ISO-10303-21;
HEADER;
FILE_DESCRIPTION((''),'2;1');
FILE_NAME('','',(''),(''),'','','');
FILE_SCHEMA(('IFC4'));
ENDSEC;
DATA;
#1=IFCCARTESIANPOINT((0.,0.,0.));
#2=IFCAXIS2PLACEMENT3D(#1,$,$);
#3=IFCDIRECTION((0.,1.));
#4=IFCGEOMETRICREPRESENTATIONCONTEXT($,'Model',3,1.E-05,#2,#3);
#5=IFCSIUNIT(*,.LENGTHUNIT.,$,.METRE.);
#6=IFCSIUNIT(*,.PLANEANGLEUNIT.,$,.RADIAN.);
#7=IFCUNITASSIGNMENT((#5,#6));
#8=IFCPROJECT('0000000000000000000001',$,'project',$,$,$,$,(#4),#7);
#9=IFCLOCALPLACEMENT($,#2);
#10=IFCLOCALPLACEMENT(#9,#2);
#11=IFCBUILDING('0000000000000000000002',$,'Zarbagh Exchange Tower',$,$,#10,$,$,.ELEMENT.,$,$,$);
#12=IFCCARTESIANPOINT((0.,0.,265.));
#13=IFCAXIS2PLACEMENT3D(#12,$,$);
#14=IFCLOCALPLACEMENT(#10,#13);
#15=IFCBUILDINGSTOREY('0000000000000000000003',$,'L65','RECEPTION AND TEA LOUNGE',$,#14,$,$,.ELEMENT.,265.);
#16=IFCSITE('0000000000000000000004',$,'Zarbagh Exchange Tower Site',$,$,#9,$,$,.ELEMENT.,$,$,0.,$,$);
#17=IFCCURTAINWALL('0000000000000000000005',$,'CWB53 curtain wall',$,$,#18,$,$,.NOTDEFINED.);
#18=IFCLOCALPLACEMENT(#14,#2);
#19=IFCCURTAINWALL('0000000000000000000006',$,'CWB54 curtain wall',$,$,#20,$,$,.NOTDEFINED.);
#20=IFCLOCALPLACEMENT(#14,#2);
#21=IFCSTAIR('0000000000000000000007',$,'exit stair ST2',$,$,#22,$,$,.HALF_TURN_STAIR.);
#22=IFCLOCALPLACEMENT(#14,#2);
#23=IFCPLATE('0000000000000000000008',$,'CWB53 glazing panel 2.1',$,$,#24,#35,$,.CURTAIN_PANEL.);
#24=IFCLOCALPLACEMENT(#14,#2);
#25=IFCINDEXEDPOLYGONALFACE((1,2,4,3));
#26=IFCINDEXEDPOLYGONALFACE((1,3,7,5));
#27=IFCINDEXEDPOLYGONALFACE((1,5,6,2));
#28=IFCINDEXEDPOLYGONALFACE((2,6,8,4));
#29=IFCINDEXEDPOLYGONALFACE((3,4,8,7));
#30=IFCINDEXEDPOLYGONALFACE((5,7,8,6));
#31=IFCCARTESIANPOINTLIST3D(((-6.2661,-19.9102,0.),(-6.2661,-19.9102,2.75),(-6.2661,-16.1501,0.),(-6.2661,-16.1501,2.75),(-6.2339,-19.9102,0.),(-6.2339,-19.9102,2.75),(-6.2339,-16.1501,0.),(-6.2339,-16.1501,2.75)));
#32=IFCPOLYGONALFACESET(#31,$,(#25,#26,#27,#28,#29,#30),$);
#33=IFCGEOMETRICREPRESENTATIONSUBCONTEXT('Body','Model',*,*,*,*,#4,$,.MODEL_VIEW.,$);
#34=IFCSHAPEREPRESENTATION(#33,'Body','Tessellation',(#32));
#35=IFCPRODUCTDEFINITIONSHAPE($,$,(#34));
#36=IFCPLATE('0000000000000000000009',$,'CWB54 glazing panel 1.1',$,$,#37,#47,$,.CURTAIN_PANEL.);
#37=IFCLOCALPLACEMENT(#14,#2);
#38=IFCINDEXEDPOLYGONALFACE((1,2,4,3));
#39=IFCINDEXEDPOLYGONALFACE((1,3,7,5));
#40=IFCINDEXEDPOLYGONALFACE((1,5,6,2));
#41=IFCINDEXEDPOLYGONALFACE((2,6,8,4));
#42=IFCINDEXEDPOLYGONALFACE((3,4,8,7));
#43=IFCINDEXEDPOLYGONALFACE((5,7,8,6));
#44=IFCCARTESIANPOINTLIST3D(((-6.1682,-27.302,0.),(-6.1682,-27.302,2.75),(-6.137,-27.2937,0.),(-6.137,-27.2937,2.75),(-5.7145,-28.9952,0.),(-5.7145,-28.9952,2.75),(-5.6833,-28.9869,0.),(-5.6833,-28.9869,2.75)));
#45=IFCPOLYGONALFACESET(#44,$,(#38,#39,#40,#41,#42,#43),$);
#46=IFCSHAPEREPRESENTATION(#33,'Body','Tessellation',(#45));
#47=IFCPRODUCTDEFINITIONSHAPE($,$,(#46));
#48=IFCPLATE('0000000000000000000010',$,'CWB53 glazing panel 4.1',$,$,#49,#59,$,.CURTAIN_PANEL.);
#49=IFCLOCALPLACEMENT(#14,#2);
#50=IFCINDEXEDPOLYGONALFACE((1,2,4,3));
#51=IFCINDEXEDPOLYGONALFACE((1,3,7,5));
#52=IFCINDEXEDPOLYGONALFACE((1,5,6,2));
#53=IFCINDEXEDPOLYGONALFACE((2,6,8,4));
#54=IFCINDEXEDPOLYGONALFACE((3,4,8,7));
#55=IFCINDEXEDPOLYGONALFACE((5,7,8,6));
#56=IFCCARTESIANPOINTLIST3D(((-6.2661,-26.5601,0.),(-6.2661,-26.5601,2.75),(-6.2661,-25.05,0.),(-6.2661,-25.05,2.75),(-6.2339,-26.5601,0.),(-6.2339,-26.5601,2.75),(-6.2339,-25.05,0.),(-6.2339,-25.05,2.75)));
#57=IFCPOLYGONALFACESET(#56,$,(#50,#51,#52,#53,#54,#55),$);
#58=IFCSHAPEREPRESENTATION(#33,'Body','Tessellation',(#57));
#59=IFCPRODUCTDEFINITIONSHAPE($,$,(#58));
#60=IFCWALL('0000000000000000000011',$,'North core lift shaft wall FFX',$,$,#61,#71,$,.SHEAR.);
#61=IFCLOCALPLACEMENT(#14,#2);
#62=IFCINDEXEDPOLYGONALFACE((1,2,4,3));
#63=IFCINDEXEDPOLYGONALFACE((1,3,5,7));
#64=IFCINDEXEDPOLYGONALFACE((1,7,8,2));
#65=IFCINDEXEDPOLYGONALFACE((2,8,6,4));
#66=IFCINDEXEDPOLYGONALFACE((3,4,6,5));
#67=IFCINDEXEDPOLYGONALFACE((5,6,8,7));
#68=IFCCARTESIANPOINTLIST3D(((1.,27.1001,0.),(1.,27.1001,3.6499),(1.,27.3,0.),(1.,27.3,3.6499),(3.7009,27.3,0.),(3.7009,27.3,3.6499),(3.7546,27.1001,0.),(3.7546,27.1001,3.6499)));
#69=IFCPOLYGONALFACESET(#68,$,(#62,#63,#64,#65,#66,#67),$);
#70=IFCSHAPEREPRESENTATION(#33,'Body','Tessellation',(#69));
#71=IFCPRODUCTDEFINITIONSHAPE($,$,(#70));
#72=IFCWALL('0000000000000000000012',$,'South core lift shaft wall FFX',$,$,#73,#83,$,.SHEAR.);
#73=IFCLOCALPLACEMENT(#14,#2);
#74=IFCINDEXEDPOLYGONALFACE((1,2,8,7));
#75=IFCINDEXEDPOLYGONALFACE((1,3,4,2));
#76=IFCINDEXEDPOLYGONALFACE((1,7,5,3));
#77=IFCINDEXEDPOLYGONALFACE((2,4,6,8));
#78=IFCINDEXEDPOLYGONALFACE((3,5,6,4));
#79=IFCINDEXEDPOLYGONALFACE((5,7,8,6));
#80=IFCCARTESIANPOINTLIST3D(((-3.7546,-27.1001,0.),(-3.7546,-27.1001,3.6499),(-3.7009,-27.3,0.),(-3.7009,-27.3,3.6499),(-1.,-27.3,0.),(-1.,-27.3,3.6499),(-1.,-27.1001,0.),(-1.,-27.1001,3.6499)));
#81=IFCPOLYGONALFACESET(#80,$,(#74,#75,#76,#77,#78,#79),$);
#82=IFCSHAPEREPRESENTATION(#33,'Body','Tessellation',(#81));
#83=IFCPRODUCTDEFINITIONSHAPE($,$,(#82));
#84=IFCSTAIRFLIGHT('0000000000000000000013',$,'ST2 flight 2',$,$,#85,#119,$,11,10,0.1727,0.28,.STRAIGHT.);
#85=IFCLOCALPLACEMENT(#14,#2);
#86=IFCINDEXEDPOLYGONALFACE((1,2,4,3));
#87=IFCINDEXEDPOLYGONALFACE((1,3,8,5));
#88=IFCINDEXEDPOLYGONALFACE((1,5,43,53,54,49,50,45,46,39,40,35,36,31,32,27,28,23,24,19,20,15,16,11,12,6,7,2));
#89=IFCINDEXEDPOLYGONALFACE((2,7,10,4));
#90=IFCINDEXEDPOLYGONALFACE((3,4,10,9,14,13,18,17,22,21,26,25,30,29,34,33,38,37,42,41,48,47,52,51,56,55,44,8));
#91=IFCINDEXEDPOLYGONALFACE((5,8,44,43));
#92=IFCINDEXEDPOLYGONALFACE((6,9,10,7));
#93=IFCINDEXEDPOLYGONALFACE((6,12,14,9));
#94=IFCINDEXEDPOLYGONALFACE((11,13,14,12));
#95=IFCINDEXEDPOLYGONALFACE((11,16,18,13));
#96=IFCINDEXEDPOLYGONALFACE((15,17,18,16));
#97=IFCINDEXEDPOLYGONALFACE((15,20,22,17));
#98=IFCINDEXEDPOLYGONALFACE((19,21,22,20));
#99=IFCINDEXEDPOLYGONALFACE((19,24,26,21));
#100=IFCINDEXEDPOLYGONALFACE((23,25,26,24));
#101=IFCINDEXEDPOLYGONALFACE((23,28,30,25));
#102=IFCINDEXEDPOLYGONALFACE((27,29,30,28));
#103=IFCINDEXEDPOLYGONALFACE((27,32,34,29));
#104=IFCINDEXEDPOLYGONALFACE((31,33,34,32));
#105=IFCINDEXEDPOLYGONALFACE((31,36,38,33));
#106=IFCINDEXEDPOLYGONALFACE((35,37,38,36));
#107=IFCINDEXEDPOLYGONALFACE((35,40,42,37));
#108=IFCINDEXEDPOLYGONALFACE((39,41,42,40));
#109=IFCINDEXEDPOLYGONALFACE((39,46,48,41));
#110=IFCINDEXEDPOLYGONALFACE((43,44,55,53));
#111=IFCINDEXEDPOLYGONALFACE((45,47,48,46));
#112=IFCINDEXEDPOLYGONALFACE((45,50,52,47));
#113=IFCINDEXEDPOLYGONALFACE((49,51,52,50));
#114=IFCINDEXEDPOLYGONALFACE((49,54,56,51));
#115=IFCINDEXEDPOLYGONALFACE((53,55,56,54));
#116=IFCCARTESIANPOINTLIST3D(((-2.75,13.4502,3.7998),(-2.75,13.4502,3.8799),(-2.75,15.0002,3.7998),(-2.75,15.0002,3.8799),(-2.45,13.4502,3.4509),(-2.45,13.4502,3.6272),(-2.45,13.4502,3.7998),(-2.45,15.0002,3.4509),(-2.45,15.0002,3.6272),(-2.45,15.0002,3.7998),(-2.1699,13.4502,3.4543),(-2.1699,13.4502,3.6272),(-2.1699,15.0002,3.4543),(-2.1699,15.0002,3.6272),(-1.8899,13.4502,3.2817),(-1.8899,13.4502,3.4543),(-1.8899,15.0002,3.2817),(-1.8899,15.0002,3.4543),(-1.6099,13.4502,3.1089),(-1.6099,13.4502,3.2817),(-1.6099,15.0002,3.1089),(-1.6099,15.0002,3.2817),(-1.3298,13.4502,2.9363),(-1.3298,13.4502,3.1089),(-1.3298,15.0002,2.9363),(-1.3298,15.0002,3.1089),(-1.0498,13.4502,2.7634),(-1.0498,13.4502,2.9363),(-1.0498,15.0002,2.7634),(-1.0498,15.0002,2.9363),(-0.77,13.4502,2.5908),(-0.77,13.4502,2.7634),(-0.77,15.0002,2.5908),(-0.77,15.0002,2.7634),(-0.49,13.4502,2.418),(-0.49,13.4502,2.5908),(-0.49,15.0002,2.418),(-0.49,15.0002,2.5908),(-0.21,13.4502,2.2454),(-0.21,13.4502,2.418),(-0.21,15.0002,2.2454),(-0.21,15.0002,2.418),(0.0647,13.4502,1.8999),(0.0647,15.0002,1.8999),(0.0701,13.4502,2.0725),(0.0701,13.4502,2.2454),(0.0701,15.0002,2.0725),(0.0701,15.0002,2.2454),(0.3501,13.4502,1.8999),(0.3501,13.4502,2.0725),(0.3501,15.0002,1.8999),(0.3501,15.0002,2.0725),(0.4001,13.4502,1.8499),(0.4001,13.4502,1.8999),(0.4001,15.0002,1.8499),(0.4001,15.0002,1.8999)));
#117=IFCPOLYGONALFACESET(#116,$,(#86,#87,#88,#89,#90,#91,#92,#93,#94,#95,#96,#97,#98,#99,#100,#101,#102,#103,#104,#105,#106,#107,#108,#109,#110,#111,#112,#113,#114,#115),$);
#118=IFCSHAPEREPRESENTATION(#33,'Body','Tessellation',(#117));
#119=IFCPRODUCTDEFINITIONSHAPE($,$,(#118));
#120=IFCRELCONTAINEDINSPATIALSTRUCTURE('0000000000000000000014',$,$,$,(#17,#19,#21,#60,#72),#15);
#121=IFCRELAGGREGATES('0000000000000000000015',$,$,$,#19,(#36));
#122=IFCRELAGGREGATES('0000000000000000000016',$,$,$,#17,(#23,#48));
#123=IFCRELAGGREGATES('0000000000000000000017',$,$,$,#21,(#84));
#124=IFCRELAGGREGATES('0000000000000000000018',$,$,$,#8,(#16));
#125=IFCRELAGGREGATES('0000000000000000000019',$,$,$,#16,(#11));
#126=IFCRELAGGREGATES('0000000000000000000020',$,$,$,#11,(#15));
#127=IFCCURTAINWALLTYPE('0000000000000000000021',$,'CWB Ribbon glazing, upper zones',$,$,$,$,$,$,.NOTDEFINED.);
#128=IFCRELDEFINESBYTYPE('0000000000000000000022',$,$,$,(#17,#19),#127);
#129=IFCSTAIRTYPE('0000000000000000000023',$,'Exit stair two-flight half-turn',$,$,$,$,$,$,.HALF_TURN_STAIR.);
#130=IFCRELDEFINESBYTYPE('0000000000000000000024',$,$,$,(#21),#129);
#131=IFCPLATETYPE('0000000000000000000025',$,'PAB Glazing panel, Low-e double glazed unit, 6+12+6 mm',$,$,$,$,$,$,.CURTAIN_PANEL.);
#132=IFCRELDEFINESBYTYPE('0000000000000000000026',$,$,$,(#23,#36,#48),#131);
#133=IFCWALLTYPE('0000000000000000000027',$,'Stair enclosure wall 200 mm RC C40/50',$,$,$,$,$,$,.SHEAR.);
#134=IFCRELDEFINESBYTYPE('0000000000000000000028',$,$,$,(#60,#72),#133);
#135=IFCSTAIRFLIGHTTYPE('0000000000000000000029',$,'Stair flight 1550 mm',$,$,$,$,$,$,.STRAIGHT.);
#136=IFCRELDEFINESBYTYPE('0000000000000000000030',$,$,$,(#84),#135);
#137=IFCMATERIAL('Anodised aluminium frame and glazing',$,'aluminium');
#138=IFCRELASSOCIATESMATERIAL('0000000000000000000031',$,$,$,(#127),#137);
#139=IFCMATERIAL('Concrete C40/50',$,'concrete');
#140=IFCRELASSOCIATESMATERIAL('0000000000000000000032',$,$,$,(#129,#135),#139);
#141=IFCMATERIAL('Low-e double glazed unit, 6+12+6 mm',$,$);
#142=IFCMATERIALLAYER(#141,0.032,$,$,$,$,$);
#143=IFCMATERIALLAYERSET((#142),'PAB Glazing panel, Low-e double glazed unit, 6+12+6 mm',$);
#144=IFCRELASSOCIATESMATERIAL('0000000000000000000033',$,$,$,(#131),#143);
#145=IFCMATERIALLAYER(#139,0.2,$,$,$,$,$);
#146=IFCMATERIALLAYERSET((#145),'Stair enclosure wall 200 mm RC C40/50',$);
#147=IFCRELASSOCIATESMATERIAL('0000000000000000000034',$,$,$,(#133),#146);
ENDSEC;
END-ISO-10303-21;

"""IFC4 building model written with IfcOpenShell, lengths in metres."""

from ifc_helpers import new_model, si_unit, direction, frame, origin, place, context, subcontext, project, spatial, polyline, outline, extrude, source, transform, mapped, material, layer, layer_set, type_object, element, aggregate, save


model = new_model("IFC4")

# Units and contexts
model_context = context("Model", 3, precision=1e-05, world=origin(), true_north=direction((0.0, 1.0)))
body_context = subcontext(model_context, "Body", "Model", "MODEL_VIEW")
ifc_project = project(units=[si_unit("LENGTHUNIT", "METRE"), si_unit("PLANEANGLEUNIT", "RADIAN")], contexts=[model_context])

# Site, building, storey
site_placement = place(None, origin())
site = spatial("IfcSite", under=ifc_project, at=site_placement, Name="Zarbagh Exchange Tower Site", CompositionType="ELEMENT", RefElevation=0.0)
building_placement = place(site_placement, origin())
building = spatial("IfcBuilding", under=site, at=building_placement, Name="Zarbagh Exchange Tower", CompositionType="ELEMENT")
storey_placement = place(building_placement, frame((0.0, 0.0, 265.0)))
storey = spatial("IfcBuildingStorey", under=building, at=storey_placement, Name="L65", Description="RECEPTION AND TEA LOUNGE", CompositionType="ELEMENT", Elevation=265.0)

# Curtain wall
ifc_material_1 = material(Name="Anodised aluminium frame and glazing", Category="aluminium")
curtain_wall_type = type_object("IfcCurtainWallType", Name="CWB Ribbon glazing, upper zones", PredefinedType="NOTDEFINED", material=ifc_material_1)
curtain_wall_1_placement = place(storey_placement, origin())
curtain_wall_1 = element("IfcCurtainWall", 1, at=curtain_wall_1_placement, inside=storey, type_object=curtain_wall_type, Name="CWB53 curtain wall", PredefinedType="NOTDEFINED")
placement = place(storey_placement, origin())

# Curtain wall
curtain_wall_2_placement = place(storey_placement, origin())
curtain_wall_2 = element("IfcCurtainWall", 2, at=curtain_wall_2_placement, inside=storey, type_object=curtain_wall_type, Name="CWB54 curtain wall", PredefinedType="NOTDEFINED")

# Stair
ifc_material_2 = material(Name="Concrete C40/50", Category="concrete")
stair_type = type_object("IfcStairType", Name="Exit stair two-flight half-turn", PredefinedType="HALF_TURN_STAIR", material=ifc_material_2)
stair_1_placement = place(storey_placement, origin())
stair_1 = element("IfcStair", 3, at=stair_1_placement, inside=storey, type_object=stair_type, Name="exit stair ST2", PredefinedType="HALF_TURN_STAIR")

# Shared definitions
ifc_material_3 = material(Name="Low-e double glazed unit, 6+12+6 mm")
ifc_layer_1 = layer(ifc_material_3, 0.032)
ifc_layer_set_1 = layer_set([ifc_layer_1], Name="PAB Glazing panel, Low-e double glazed unit, 6+12+6 mm")
plate_type = type_object("IfcPlateType", Name="PAB Glazing panel, Low-e double glazed unit, 6+12+6 mm", PredefinedType="CURTAIN_PANEL", material=ifc_layer_set_1)

# Plates
shared_shape_1 = source(origin(), body_context, "Body", "SweptSolid", [
    extrude(outline(polyline([(0.0, -0.0161), (3.76, -0.0161), (3.76, 0.0161), (0.0, 0.0161), (0.0, -0.0161)])), origin(), (0.0, 0.0, 1.0), 2.75),
])
plate_1 = element("IfcPlate", 4, at=placement, type_object=plate_type, Name="CWB53 glazing panel 2.1", PredefinedType="CURTAIN_PANEL", context=body_context, shape_type="MappedRepresentation", body=[
    mapped(shared_shape_1, transform((-6.25, -16.1501, 0.0), x_axis=(0.0, -1.0, 0.0), y_axis=(1.0, 0.0, 0.0), z_axis=(0.0, 0.0, 1.0))),
])
shared_shape_2 = source(origin(), body_context, "Body", "SweptSolid", [
    extrude(outline(polyline([(0.0, -0.0161), (1.7529, -0.0161), (1.7529, 0.0161), (0.0, 0.0161), (0.0, -0.0161)])), origin(), (0.0, 0.0, 1.0), 2.75),
])
plate_2 = element("IfcPlate", 5, at=placement, type_object=plate_type, Name="CWB54 glazing panel 1.1", PredefinedType="CURTAIN_PANEL", context=body_context, shape_type="MappedRepresentation", body=[
    mapped(shared_shape_2, transform((-6.1526, -27.2979, 0.0), x_axis=(0.258825, -0.965924, 0.0), y_axis=(0.965924, 0.258825, 0.0), z_axis=(0.0, 0.0, 1.0))),
])
aggregate(curtain_wall_2, [plate_2])
shared_shape_3 = source(origin(), body_context, "Body", "SweptSolid", [
    extrude(outline(polyline([(0.0, -0.0161), (1.51, -0.0161), (1.51, 0.0161), (0.0, 0.0161), (0.0, -0.0161)])), origin(), (0.0, 0.0, 1.0), 2.75),
])
plate_3 = element("IfcPlate", 6, at=placement, type_object=plate_type, Name="CWB53 glazing panel 4.1", PredefinedType="CURTAIN_PANEL", context=body_context, shape_type="MappedRepresentation", body=[
    mapped(shared_shape_3, transform((-6.25, -25.05, 0.0), x_axis=(0.0, -1.0, 0.0), y_axis=(1.0, 0.0, 0.0), z_axis=(0.0, 0.0, 1.0))),
])
aggregate(curtain_wall_1, [plate_1, plate_3])

# Walls
ifc_layer_2 = layer(ifc_material_2, 0.2)
ifc_layer_set_2 = layer_set([ifc_layer_2], Name="Stair enclosure wall 200 mm RC C40/50")
wall_type = type_object("IfcWallType", Name="Stair enclosure wall 200 mm RC C40/50", PredefinedType="SHEAR", material=ifc_layer_set_2)
wall_1_placement = place(storey_placement, origin())
element("IfcWall", 7, at=wall_1_placement, inside=storey, type_object=wall_type, Name="North core lift shaft wall FFX", PredefinedType="SHEAR", context=body_context, shape_type="SweptSolid", body=[
    extrude(outline(polyline([(1.0, 27.1001), (3.7546, 27.1001), (3.7009, 27.3), (1.0, 27.3), (1.0, 27.1001)])), origin(), (0.0, 0.0, 1.0), 3.6499),
])
wall_2_placement = place(storey_placement, origin())
element("IfcWall", 8, at=wall_2_placement, inside=storey, type_object=wall_type, Name="South core lift shaft wall FFX", PredefinedType="SHEAR", context=body_context, shape_type="SweptSolid", body=[
    extrude(outline(polyline([(-1.0, -27.1001), (-3.7546, -27.1001), (-3.7009, -27.3), (-1.0, -27.3), (-1.0, -27.1001)])), origin(), (0.0, 0.0, 1.0), 3.6499),
])

# Stair flight
stair_flight_type = type_object("IfcStairFlightType", Name="Stair flight 1550 mm", PredefinedType="STRAIGHT", material=ifc_material_2)
stair_flight_placement = place(storey_placement, frame((0.3501, 14.2251, 1.8999), z_axis=(0.0, 0.0, 1.0), x_axis=(-1.0, 0.0, 0.0)))
stair_flight = element("IfcStairFlight", 9, at=stair_flight_placement, type_object=stair_flight_type, Name="ST2 flight 2", NumberOfRisers=11, NumberOfTreads=10, PredefinedType="STRAIGHT", RiserHeight=0.1727, TreadLength=0.28, context=body_context, shape_type="SweptSolid", body=[
    extrude(outline(polyline([(-0.05, -0.05), (-0.05, 0.0), (0.0, 0.0), (0.0, 0.1726), (0.28, 0.1726), (0.28, 0.3455), (0.5601, 0.3455), (0.5601, 0.5181), (0.8401, 0.5181), (0.8401, 0.6909), (1.1201, 0.6909), (1.1201, 0.8635), (1.3999, 0.8635), (1.3999, 1.0364), (1.6799, 1.0364), (1.6799, 1.209), (1.96, 1.209), (1.96, 1.3818), (2.24, 1.3818), (2.24, 1.5544), (2.52, 1.5544), (2.52, 1.7273), (2.8, 1.7273), (2.8, 1.8999), (3.1001, 1.98), (3.1001, 1.8999), (2.8, 1.551), (0.2854, 0.0), (-0.05, -0.05)])), frame((0.0, 0.7749, 0.0), z_axis=(0.0, -1.0, 0.0), x_axis=(1.0, 0.0, 0.0)), (0.0, 0.0, 1.0), 1.55),
])
aggregate(stair_1, [stair_flight])

save(model, "model.ifc")
